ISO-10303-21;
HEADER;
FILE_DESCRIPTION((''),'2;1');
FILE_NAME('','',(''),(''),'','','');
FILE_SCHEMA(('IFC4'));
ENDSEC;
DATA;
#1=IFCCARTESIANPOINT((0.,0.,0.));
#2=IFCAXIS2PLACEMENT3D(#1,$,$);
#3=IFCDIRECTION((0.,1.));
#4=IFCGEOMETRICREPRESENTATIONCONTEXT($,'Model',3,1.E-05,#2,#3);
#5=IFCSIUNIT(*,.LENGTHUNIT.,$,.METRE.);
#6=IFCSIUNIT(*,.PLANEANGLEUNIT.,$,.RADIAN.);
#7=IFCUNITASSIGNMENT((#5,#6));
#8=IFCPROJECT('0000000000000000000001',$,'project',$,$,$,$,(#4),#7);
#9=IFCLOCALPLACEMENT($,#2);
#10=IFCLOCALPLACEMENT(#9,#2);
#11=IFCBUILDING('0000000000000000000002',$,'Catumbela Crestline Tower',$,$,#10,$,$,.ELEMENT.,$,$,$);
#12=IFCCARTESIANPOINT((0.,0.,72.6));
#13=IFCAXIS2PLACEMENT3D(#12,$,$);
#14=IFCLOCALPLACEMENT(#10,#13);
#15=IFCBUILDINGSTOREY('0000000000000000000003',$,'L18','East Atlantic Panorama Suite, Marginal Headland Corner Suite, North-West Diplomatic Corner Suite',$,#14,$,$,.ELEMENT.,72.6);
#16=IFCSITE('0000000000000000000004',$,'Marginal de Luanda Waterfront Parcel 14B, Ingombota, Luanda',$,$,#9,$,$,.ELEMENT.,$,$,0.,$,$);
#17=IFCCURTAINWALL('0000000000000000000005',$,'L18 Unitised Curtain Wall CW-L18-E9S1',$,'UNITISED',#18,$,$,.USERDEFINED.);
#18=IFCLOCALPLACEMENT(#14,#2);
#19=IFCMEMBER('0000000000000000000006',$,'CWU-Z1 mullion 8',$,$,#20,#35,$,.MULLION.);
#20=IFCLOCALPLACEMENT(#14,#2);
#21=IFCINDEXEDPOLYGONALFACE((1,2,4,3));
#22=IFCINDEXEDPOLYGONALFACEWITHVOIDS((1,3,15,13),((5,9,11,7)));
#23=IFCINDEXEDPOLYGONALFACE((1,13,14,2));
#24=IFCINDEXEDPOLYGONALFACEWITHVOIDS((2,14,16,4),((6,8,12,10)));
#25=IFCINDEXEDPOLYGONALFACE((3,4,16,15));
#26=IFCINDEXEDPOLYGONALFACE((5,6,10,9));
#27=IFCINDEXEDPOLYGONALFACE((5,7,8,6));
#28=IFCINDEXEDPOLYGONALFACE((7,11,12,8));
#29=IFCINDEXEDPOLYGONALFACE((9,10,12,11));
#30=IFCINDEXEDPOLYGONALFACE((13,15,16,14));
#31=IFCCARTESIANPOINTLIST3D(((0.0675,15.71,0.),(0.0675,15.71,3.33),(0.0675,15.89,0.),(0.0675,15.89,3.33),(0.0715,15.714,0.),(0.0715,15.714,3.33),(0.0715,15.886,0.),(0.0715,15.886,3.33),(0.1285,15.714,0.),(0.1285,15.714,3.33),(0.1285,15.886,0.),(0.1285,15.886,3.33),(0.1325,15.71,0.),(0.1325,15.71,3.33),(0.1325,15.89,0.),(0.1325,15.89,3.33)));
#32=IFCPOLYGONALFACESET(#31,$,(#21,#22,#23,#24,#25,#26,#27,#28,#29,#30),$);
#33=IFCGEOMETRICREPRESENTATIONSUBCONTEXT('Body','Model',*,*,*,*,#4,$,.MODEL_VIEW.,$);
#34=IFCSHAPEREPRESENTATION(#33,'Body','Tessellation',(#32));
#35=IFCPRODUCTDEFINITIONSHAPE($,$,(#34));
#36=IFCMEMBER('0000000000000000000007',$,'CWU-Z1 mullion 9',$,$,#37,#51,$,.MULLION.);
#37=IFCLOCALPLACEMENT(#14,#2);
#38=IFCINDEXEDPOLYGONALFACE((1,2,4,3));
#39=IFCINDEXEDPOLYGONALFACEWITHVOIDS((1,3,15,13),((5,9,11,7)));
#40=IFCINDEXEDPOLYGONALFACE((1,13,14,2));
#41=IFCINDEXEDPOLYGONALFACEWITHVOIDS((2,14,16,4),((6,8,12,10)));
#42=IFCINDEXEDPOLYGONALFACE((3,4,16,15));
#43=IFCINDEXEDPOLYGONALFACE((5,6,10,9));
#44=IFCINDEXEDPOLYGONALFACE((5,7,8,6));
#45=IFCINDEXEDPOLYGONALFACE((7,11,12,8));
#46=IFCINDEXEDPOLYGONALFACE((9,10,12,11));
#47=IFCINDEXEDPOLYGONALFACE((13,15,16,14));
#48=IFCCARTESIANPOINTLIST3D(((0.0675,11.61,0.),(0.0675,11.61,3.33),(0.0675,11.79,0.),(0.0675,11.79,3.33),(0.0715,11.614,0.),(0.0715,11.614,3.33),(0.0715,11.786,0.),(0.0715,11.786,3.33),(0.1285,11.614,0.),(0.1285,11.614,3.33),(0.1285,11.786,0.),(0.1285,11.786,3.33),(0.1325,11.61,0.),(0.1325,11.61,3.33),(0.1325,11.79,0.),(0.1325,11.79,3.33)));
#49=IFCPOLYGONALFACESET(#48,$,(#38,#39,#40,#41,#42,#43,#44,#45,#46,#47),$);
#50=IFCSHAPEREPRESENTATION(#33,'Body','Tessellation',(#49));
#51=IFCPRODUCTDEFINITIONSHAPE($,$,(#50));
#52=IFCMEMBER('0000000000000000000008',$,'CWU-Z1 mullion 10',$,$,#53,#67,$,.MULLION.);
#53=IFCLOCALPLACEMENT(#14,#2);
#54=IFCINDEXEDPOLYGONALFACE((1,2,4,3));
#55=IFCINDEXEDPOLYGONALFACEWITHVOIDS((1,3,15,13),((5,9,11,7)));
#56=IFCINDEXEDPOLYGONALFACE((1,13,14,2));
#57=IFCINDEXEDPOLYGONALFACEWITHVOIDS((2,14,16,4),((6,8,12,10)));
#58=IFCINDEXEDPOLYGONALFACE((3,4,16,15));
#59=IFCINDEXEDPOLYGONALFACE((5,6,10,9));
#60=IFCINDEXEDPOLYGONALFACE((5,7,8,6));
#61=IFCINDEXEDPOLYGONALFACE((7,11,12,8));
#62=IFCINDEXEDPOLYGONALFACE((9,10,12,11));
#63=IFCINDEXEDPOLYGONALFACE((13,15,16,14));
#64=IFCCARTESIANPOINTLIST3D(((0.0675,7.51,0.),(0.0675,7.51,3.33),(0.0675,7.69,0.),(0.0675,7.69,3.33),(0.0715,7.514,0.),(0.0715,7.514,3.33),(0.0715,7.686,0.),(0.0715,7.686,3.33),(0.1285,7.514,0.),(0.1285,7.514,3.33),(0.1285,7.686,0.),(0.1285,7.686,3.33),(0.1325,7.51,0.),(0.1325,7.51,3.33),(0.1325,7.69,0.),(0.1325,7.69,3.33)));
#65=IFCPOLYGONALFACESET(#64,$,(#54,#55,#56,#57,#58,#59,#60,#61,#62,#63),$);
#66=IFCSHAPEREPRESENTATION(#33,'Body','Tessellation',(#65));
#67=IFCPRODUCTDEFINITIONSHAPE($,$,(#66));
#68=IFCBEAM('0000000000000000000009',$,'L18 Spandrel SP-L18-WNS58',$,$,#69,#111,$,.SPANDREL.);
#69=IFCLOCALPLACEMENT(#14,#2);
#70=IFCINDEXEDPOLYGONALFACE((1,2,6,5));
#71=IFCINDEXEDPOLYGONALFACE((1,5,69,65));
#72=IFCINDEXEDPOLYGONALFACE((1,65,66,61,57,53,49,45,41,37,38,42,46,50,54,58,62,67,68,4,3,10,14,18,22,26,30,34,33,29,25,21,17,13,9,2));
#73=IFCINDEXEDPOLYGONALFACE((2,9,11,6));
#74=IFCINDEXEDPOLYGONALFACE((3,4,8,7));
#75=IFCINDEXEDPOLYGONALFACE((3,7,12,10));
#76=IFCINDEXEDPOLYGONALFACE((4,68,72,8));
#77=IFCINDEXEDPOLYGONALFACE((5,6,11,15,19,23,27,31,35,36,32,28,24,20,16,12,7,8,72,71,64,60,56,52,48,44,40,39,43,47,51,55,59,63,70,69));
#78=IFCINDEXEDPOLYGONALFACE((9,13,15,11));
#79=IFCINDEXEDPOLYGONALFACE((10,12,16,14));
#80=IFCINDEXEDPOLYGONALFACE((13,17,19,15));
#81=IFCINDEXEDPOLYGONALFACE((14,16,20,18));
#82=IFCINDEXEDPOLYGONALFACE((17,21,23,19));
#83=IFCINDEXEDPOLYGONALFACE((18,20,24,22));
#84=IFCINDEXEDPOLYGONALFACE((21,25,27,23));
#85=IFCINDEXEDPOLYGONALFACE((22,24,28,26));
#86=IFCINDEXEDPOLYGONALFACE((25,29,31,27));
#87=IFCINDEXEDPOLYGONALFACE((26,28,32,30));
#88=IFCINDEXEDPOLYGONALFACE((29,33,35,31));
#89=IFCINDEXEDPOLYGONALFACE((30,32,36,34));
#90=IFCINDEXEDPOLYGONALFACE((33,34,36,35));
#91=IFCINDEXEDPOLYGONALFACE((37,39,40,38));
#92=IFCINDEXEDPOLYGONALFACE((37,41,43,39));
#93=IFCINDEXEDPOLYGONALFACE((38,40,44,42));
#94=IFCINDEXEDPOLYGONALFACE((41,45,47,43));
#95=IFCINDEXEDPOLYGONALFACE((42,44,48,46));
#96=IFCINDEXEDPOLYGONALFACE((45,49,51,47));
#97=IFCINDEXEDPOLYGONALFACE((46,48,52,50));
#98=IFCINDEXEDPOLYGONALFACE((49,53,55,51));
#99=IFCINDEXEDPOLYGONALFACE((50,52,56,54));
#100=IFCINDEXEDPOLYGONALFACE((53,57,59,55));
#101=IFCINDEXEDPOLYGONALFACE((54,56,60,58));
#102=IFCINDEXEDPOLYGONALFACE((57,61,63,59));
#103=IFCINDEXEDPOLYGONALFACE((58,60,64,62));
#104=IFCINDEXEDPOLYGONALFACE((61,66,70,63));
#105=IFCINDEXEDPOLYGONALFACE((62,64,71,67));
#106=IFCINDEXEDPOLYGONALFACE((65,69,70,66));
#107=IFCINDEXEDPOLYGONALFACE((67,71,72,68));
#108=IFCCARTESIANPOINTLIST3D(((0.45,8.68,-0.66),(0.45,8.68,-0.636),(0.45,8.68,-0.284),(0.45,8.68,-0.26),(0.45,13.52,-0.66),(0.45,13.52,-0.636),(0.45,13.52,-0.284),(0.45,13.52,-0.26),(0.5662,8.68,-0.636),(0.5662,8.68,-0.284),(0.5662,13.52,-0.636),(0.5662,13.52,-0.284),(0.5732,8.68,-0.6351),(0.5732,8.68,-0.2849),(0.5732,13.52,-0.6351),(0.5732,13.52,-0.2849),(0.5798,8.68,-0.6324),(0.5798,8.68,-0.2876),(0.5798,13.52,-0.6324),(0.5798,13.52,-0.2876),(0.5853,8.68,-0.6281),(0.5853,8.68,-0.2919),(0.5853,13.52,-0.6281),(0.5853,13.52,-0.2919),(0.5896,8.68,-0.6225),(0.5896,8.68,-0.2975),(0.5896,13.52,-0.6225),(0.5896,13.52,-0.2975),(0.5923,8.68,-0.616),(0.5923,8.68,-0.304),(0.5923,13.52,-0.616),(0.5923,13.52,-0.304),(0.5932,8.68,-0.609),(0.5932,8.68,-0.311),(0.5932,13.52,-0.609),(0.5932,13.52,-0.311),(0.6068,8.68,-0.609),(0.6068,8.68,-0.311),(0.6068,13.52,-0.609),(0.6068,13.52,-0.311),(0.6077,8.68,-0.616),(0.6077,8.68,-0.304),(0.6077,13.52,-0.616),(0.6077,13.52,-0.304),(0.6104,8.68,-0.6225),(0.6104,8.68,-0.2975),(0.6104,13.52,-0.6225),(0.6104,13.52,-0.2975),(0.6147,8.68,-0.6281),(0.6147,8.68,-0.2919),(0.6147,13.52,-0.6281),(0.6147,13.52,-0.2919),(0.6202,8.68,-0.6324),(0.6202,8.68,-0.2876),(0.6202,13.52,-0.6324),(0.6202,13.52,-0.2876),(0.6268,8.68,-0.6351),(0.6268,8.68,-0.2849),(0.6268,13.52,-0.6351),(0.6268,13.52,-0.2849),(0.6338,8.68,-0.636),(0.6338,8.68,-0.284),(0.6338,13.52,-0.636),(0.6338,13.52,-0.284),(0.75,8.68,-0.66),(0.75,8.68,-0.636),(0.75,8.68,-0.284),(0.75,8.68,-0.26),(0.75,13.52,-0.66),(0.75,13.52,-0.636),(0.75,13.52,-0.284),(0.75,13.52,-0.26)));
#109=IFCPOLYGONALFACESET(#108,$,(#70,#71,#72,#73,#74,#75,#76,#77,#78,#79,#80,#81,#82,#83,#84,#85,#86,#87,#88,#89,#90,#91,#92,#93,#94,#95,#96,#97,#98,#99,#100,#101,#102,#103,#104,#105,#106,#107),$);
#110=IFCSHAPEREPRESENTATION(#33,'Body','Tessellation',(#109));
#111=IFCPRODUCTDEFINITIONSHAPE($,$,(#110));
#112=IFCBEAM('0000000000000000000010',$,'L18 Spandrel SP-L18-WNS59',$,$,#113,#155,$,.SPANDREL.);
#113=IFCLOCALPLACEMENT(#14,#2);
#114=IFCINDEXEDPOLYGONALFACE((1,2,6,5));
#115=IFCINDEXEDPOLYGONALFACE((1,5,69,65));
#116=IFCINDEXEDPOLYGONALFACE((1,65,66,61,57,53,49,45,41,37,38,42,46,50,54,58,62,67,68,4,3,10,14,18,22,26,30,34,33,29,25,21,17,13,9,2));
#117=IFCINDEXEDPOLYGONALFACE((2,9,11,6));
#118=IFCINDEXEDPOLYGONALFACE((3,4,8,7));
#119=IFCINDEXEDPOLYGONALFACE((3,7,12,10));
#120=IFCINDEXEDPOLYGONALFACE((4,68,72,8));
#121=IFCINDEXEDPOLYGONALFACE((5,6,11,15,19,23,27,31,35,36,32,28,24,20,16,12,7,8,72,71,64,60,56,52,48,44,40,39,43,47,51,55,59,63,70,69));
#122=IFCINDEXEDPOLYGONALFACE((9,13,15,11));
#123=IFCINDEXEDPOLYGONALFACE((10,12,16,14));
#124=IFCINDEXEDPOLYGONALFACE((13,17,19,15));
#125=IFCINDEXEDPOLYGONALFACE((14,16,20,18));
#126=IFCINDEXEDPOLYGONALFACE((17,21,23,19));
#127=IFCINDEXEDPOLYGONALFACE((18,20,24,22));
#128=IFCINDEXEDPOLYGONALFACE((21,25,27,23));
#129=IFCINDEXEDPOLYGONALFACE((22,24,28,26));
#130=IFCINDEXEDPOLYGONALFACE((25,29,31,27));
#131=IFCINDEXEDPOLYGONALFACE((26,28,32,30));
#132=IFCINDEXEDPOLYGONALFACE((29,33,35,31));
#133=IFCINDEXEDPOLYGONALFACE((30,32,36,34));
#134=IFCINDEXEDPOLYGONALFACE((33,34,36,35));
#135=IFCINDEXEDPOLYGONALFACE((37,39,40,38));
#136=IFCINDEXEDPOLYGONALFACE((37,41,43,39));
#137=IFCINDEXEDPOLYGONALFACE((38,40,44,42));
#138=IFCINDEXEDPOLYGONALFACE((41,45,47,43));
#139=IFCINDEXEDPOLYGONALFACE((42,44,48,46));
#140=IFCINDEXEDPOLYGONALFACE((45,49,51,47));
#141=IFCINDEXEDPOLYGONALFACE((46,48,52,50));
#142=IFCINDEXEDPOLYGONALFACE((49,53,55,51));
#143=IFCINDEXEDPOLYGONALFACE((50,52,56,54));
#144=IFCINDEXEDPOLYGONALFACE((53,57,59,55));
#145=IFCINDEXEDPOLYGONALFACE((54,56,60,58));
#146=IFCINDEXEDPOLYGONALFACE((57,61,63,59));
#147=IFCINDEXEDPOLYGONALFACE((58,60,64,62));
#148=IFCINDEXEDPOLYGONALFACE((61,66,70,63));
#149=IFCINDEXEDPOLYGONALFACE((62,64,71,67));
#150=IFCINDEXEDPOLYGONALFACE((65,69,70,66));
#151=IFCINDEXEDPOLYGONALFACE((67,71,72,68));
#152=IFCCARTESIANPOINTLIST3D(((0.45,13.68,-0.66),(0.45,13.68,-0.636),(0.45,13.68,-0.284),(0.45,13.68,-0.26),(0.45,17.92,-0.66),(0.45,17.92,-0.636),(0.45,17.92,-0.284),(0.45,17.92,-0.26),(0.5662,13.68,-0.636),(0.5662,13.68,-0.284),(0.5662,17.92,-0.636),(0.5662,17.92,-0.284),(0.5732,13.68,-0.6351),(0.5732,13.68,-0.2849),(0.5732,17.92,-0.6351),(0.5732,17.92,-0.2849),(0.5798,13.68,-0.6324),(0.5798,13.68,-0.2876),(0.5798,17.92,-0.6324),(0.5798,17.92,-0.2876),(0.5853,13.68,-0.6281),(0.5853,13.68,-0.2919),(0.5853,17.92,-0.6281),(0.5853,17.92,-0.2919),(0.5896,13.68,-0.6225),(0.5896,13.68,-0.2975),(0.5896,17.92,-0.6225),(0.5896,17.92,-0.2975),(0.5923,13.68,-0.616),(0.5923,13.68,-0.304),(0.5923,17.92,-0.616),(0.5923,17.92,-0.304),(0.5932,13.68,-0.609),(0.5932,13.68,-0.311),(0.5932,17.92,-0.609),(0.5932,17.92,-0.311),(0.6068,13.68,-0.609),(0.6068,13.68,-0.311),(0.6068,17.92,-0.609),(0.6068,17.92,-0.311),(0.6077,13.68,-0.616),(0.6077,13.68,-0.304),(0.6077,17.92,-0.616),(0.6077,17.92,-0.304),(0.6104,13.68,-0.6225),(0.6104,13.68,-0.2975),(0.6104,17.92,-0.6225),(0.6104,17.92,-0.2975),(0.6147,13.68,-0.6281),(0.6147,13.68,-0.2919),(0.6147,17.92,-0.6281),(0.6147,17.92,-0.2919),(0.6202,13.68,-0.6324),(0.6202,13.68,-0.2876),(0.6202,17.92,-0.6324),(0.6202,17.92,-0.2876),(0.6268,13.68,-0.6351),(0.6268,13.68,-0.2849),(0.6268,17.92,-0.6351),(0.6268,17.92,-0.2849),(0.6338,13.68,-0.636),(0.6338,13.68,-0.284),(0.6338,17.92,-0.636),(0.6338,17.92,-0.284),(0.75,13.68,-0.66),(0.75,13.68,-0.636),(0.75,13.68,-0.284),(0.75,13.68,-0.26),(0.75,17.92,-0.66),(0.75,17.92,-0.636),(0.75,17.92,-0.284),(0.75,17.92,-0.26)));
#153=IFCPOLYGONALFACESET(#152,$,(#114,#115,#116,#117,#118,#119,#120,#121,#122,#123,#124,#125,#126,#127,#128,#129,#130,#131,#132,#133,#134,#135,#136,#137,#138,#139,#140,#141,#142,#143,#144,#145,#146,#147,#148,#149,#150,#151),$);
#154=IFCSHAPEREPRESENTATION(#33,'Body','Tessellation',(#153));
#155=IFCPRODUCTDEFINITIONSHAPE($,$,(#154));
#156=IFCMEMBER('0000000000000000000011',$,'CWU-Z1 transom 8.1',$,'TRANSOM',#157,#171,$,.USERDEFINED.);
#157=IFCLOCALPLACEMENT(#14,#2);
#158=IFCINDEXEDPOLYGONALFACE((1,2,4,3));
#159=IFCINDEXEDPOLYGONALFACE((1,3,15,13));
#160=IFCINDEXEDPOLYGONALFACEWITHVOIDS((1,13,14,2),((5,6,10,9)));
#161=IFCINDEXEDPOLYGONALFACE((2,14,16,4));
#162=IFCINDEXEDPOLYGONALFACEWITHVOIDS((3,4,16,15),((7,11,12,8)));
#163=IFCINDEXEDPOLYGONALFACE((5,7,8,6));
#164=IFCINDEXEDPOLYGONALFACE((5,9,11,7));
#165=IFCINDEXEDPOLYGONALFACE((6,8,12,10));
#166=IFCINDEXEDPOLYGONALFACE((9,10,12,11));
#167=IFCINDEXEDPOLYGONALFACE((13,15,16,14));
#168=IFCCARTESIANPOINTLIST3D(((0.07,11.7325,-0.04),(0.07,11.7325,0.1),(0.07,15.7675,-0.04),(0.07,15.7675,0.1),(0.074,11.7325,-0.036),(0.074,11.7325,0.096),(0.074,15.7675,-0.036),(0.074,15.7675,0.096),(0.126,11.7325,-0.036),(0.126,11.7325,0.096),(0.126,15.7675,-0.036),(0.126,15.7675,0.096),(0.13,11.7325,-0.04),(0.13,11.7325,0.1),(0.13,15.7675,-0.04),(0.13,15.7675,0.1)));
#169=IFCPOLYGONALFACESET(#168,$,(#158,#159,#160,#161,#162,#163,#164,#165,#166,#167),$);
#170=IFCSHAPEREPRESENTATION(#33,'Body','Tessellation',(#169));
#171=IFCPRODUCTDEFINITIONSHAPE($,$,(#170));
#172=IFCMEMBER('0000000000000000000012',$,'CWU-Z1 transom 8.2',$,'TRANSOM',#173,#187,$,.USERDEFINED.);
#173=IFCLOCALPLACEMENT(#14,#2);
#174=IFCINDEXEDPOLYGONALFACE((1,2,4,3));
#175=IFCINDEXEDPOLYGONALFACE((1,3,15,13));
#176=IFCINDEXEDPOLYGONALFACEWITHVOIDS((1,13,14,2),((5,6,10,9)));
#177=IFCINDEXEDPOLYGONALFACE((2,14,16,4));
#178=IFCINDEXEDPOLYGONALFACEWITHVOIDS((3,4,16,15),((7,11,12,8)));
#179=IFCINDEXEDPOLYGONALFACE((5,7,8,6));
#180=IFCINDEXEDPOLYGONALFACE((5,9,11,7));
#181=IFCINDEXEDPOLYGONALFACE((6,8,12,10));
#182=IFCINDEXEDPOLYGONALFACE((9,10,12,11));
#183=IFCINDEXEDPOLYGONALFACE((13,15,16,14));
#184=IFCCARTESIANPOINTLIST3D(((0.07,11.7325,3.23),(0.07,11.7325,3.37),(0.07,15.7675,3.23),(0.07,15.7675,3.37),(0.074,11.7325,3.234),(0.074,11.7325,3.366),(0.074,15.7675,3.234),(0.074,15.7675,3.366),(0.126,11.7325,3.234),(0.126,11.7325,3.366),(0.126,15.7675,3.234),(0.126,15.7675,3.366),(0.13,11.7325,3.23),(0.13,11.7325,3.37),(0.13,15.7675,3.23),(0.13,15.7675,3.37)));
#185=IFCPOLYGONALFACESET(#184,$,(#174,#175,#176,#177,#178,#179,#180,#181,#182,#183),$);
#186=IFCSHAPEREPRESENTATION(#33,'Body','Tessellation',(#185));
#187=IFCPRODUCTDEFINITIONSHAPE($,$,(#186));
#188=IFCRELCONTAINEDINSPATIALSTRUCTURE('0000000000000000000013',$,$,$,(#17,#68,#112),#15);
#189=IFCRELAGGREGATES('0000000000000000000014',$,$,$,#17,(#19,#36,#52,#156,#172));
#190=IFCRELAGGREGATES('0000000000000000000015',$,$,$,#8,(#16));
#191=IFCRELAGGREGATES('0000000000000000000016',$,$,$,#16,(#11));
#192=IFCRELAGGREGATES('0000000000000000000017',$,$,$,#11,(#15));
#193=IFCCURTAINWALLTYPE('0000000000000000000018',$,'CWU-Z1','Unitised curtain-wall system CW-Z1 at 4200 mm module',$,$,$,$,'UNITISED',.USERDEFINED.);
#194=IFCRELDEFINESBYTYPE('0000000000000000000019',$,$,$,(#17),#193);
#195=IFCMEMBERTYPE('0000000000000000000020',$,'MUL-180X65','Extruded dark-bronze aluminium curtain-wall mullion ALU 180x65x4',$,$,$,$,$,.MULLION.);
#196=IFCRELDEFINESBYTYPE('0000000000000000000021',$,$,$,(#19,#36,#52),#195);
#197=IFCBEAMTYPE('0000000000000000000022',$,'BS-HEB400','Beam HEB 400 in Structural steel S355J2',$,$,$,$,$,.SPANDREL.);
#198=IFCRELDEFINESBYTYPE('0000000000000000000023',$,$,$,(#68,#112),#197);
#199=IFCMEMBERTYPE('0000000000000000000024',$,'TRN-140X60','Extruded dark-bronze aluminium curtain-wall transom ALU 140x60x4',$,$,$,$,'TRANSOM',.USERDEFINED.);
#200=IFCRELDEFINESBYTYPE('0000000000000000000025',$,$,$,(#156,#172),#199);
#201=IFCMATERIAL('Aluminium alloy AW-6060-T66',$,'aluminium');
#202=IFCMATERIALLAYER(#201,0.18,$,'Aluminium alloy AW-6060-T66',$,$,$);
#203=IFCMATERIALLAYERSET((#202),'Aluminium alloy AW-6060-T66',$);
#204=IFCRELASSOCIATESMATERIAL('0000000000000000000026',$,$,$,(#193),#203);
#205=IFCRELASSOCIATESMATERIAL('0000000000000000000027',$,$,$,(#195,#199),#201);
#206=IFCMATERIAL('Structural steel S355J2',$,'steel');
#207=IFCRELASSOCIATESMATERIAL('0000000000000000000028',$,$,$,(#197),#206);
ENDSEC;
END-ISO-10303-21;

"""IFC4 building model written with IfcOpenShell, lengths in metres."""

from ifc_helpers import new_model, si_unit, direction, frame, origin, origin_2d, place, context, subcontext, project, spatial, hollow_rectangle, i_section, extrude, material, layer, layer_set, material_profile, profile_set, type_object, element, aggregate, save


model = new_model("IFC4")

# Units and contexts
model_context = context("Model", 3, precision=1e-05, world=origin(), true_north=direction((0.0, 1.0)))
body_context = subcontext(model_context, "Body", "Model", "MODEL_VIEW")
ifc_project = project(units=[si_unit("LENGTHUNIT", "METRE"), si_unit("PLANEANGLEUNIT", "RADIAN")], contexts=[model_context])

# Site, building, storey
site_placement = place(None, origin())
site = spatial("IfcSite", under=ifc_project, at=site_placement, Name="Marginal de Luanda Waterfront Parcel 14B, Ingombota, Luanda", CompositionType="ELEMENT", RefElevation=0.0)
building_placement = place(site_placement, origin())
building = spatial("IfcBuilding", under=site, at=building_placement, Name="Catumbela Crestline Tower", CompositionType="ELEMENT")
storey_placement = place(building_placement, frame((0.0, 0.0, 72.6)))
storey = spatial("IfcBuildingStorey", under=building, at=storey_placement, Name="L18", Description="East Atlantic Panorama Suite, Marginal Headland Corner Suite, North-West Diplomatic Corner Suite", CompositionType="ELEMENT", Elevation=72.6)

# Shared definitions
ifc_material_1 = material(Name="Structural steel S355J2", Category="steel")

# Curtain wall, members
ifc_material_2 = material(Name="Aluminium alloy AW-6060-T66", Category="aluminium")
ifc_layer_1 = layer(ifc_material_2, 0.18, Name="Aluminium alloy AW-6060-T66")
ifc_layer_set_1 = layer_set([ifc_layer_1], Name="Aluminium alloy AW-6060-T66")
curtain_wall_type = type_object("IfcCurtainWallType", Name="CWU-Z1", Description="Unitised curtain-wall system CW-Z1 at 4200 mm module", ElementType="UNITISED", PredefinedType="USERDEFINED", material=ifc_layer_set_1)
curtain_wall_placement = place(storey_placement, origin())
curtain_wall = element("IfcCurtainWall", 1, at=curtain_wall_placement, inside=storey, type_object=curtain_wall_type, Name="L18 Unitised Curtain Wall CW-L18-E9S1", ObjectType="UNITISED", PredefinedType="USERDEFINED")
ifc_material_profile_1 = material_profile(ifc_material_2, hollow_rectangle(XDim=0.065, YDim=0.18, WallThickness=0.004, at=origin_2d()), Name="ALU 180x65x4")
ifc_profile_set_1 = profile_set([ifc_material_profile_1], Name="Aluminium alloy AW-6060-T66")
member_type_1 = type_object("IfcMemberType", Name="MUL-180X65", Description="Extruded dark-bronze aluminium curtain-wall mullion ALU 180x65x4", PredefinedType="MULLION", material=ifc_profile_set_1)
member_1_placement = place(storey_placement, frame((0.1, 15.8, 0.0), z_axis=(0.0, 0.0, 1.0), x_axis=(1.0, 0.0, 0.0)))
member_1 = element("IfcMember", 2, at=member_1_placement, type_object=member_type_1, Name="CWU-Z1 mullion 8", PredefinedType="MULLION", context=body_context, shape_type="SweptSolid", body=[
    extrude(hollow_rectangle(XDim=0.065, YDim=0.18, WallThickness=0.004, at=origin_2d()), origin(), (0.0, 0.0, 1.0), 3.33),
])
member_2_placement = place(storey_placement, frame((0.1, 11.7, 0.0), z_axis=(0.0, 0.0, 1.0), x_axis=(1.0, 0.0, 0.0)))
member_2 = element("IfcMember", 3, at=member_2_placement, type_object=member_type_1, Name="CWU-Z1 mullion 9", PredefinedType="MULLION", context=body_context, shape_type="SweptSolid", body=[
    extrude(hollow_rectangle(XDim=0.065, YDim=0.18, WallThickness=0.004, at=origin_2d()), origin(), (0.0, 0.0, 1.0), 3.33),
])
member_3_placement = place(storey_placement, frame((0.1, 7.6, 0.0), z_axis=(0.0, 0.0, 1.0), x_axis=(1.0, 0.0, 0.0)))
member_3 = element("IfcMember", 4, at=member_3_placement, type_object=member_type_1, Name="CWU-Z1 mullion 10", PredefinedType="MULLION", context=body_context, shape_type="SweptSolid", body=[
    extrude(hollow_rectangle(XDim=0.065, YDim=0.18, WallThickness=0.004, at=origin_2d()), origin(), (0.0, 0.0, 1.0), 3.33),
])

# Beams
ifc_material_profile_2 = material_profile(ifc_material_1, i_section(OverallWidth=0.3, OverallDepth=0.4, WebThickness=0.0135, FlangeThickness=0.024, FilletRadius=0.027, at=origin_2d()), Name="HEB 400")
ifc_profile_set_2 = profile_set([ifc_material_profile_2], Name="Structural steel S355J2")
beam_type_1 = type_object("IfcBeamType", Name="BS-HEB400", Description="Beam HEB 400 in Structural steel S355J2", PredefinedType="SPANDREL", material=ifc_profile_set_2)
beam_1_placement = place(storey_placement, frame((0.6, 8.68, -0.46), z_axis=(0.0, 1.0, 0.0), x_axis=(-1.0, 0.0, 0.0)))
element("IfcBeam", 5, at=beam_1_placement, inside=storey, type_object=beam_type_1, Name="L18 Spandrel SP-L18-WNS58", PredefinedType="SPANDREL", context=body_context, shape_type="SweptSolid", body=[
    extrude(i_section(OverallWidth=0.3, OverallDepth=0.4, WebThickness=0.0135, FlangeThickness=0.024, FilletRadius=0.027, at=origin_2d()), origin(), (0.0, 0.0, 1.0), 4.84),
])
beam_2_placement = place(storey_placement, frame((0.6, 13.68, -0.46), z_axis=(0.0, 1.0, 0.0), x_axis=(-1.0, 0.0, 0.0)))
element("IfcBeam", 6, at=beam_2_placement, inside=storey, type_object=beam_type_1, Name="L18 Spandrel SP-L18-WNS59", PredefinedType="SPANDREL", context=body_context, shape_type="SweptSolid", body=[
    extrude(i_section(OverallWidth=0.3, OverallDepth=0.4, WebThickness=0.0135, FlangeThickness=0.024, FilletRadius=0.027, at=origin_2d()), origin(), (0.0, 0.0, 1.0), 4.24),
])

# Members
ifc_material_profile_3 = material_profile(ifc_material_2, hollow_rectangle(XDim=0.06, YDim=0.14, WallThickness=0.004, at=origin_2d()), Name="ALU 140x60x4")
ifc_profile_set_3 = profile_set([ifc_material_profile_3], Name="Aluminium alloy AW-6060-T66")
member_type_2 = type_object("IfcMemberType", Name="TRN-140X60", Description="Extruded dark-bronze aluminium curtain-wall transom ALU 140x60x4", ElementType="TRANSOM", PredefinedType="USERDEFINED", material=ifc_profile_set_3)
member_4_placement = place(storey_placement, frame((0.1, 15.7675, 0.03), z_axis=(0.0, -1.0, 0.0), x_axis=(1.0, 0.0, 0.0)))
member_4 = element("IfcMember", 7, at=member_4_placement, type_object=member_type_2, Name="CWU-Z1 transom 8.1", ObjectType="TRANSOM", PredefinedType="USERDEFINED", context=body_context, shape_type="SweptSolid", body=[
    extrude(hollow_rectangle(XDim=0.06, YDim=0.14, WallThickness=0.004, at=origin_2d()), origin(), (0.0, 0.0, 1.0), 4.035),
])
member_5_placement = place(storey_placement, frame((0.1, 15.7675, 3.3), z_axis=(0.0, -1.0, 0.0), x_axis=(1.0, 0.0, 0.0)))
member_5 = element("IfcMember", 8, at=member_5_placement, type_object=member_type_2, Name="CWU-Z1 transom 8.2", ObjectType="TRANSOM", PredefinedType="USERDEFINED", context=body_context, shape_type="SweptSolid", body=[
    extrude(hollow_rectangle(XDim=0.06, YDim=0.14, WallThickness=0.004, at=origin_2d()), origin(), (0.0, 0.0, 1.0), 4.035),
])

aggregate(curtain_wall, [member_1, member_2, member_3, member_4, member_5])

save(model, "model.ifc")
